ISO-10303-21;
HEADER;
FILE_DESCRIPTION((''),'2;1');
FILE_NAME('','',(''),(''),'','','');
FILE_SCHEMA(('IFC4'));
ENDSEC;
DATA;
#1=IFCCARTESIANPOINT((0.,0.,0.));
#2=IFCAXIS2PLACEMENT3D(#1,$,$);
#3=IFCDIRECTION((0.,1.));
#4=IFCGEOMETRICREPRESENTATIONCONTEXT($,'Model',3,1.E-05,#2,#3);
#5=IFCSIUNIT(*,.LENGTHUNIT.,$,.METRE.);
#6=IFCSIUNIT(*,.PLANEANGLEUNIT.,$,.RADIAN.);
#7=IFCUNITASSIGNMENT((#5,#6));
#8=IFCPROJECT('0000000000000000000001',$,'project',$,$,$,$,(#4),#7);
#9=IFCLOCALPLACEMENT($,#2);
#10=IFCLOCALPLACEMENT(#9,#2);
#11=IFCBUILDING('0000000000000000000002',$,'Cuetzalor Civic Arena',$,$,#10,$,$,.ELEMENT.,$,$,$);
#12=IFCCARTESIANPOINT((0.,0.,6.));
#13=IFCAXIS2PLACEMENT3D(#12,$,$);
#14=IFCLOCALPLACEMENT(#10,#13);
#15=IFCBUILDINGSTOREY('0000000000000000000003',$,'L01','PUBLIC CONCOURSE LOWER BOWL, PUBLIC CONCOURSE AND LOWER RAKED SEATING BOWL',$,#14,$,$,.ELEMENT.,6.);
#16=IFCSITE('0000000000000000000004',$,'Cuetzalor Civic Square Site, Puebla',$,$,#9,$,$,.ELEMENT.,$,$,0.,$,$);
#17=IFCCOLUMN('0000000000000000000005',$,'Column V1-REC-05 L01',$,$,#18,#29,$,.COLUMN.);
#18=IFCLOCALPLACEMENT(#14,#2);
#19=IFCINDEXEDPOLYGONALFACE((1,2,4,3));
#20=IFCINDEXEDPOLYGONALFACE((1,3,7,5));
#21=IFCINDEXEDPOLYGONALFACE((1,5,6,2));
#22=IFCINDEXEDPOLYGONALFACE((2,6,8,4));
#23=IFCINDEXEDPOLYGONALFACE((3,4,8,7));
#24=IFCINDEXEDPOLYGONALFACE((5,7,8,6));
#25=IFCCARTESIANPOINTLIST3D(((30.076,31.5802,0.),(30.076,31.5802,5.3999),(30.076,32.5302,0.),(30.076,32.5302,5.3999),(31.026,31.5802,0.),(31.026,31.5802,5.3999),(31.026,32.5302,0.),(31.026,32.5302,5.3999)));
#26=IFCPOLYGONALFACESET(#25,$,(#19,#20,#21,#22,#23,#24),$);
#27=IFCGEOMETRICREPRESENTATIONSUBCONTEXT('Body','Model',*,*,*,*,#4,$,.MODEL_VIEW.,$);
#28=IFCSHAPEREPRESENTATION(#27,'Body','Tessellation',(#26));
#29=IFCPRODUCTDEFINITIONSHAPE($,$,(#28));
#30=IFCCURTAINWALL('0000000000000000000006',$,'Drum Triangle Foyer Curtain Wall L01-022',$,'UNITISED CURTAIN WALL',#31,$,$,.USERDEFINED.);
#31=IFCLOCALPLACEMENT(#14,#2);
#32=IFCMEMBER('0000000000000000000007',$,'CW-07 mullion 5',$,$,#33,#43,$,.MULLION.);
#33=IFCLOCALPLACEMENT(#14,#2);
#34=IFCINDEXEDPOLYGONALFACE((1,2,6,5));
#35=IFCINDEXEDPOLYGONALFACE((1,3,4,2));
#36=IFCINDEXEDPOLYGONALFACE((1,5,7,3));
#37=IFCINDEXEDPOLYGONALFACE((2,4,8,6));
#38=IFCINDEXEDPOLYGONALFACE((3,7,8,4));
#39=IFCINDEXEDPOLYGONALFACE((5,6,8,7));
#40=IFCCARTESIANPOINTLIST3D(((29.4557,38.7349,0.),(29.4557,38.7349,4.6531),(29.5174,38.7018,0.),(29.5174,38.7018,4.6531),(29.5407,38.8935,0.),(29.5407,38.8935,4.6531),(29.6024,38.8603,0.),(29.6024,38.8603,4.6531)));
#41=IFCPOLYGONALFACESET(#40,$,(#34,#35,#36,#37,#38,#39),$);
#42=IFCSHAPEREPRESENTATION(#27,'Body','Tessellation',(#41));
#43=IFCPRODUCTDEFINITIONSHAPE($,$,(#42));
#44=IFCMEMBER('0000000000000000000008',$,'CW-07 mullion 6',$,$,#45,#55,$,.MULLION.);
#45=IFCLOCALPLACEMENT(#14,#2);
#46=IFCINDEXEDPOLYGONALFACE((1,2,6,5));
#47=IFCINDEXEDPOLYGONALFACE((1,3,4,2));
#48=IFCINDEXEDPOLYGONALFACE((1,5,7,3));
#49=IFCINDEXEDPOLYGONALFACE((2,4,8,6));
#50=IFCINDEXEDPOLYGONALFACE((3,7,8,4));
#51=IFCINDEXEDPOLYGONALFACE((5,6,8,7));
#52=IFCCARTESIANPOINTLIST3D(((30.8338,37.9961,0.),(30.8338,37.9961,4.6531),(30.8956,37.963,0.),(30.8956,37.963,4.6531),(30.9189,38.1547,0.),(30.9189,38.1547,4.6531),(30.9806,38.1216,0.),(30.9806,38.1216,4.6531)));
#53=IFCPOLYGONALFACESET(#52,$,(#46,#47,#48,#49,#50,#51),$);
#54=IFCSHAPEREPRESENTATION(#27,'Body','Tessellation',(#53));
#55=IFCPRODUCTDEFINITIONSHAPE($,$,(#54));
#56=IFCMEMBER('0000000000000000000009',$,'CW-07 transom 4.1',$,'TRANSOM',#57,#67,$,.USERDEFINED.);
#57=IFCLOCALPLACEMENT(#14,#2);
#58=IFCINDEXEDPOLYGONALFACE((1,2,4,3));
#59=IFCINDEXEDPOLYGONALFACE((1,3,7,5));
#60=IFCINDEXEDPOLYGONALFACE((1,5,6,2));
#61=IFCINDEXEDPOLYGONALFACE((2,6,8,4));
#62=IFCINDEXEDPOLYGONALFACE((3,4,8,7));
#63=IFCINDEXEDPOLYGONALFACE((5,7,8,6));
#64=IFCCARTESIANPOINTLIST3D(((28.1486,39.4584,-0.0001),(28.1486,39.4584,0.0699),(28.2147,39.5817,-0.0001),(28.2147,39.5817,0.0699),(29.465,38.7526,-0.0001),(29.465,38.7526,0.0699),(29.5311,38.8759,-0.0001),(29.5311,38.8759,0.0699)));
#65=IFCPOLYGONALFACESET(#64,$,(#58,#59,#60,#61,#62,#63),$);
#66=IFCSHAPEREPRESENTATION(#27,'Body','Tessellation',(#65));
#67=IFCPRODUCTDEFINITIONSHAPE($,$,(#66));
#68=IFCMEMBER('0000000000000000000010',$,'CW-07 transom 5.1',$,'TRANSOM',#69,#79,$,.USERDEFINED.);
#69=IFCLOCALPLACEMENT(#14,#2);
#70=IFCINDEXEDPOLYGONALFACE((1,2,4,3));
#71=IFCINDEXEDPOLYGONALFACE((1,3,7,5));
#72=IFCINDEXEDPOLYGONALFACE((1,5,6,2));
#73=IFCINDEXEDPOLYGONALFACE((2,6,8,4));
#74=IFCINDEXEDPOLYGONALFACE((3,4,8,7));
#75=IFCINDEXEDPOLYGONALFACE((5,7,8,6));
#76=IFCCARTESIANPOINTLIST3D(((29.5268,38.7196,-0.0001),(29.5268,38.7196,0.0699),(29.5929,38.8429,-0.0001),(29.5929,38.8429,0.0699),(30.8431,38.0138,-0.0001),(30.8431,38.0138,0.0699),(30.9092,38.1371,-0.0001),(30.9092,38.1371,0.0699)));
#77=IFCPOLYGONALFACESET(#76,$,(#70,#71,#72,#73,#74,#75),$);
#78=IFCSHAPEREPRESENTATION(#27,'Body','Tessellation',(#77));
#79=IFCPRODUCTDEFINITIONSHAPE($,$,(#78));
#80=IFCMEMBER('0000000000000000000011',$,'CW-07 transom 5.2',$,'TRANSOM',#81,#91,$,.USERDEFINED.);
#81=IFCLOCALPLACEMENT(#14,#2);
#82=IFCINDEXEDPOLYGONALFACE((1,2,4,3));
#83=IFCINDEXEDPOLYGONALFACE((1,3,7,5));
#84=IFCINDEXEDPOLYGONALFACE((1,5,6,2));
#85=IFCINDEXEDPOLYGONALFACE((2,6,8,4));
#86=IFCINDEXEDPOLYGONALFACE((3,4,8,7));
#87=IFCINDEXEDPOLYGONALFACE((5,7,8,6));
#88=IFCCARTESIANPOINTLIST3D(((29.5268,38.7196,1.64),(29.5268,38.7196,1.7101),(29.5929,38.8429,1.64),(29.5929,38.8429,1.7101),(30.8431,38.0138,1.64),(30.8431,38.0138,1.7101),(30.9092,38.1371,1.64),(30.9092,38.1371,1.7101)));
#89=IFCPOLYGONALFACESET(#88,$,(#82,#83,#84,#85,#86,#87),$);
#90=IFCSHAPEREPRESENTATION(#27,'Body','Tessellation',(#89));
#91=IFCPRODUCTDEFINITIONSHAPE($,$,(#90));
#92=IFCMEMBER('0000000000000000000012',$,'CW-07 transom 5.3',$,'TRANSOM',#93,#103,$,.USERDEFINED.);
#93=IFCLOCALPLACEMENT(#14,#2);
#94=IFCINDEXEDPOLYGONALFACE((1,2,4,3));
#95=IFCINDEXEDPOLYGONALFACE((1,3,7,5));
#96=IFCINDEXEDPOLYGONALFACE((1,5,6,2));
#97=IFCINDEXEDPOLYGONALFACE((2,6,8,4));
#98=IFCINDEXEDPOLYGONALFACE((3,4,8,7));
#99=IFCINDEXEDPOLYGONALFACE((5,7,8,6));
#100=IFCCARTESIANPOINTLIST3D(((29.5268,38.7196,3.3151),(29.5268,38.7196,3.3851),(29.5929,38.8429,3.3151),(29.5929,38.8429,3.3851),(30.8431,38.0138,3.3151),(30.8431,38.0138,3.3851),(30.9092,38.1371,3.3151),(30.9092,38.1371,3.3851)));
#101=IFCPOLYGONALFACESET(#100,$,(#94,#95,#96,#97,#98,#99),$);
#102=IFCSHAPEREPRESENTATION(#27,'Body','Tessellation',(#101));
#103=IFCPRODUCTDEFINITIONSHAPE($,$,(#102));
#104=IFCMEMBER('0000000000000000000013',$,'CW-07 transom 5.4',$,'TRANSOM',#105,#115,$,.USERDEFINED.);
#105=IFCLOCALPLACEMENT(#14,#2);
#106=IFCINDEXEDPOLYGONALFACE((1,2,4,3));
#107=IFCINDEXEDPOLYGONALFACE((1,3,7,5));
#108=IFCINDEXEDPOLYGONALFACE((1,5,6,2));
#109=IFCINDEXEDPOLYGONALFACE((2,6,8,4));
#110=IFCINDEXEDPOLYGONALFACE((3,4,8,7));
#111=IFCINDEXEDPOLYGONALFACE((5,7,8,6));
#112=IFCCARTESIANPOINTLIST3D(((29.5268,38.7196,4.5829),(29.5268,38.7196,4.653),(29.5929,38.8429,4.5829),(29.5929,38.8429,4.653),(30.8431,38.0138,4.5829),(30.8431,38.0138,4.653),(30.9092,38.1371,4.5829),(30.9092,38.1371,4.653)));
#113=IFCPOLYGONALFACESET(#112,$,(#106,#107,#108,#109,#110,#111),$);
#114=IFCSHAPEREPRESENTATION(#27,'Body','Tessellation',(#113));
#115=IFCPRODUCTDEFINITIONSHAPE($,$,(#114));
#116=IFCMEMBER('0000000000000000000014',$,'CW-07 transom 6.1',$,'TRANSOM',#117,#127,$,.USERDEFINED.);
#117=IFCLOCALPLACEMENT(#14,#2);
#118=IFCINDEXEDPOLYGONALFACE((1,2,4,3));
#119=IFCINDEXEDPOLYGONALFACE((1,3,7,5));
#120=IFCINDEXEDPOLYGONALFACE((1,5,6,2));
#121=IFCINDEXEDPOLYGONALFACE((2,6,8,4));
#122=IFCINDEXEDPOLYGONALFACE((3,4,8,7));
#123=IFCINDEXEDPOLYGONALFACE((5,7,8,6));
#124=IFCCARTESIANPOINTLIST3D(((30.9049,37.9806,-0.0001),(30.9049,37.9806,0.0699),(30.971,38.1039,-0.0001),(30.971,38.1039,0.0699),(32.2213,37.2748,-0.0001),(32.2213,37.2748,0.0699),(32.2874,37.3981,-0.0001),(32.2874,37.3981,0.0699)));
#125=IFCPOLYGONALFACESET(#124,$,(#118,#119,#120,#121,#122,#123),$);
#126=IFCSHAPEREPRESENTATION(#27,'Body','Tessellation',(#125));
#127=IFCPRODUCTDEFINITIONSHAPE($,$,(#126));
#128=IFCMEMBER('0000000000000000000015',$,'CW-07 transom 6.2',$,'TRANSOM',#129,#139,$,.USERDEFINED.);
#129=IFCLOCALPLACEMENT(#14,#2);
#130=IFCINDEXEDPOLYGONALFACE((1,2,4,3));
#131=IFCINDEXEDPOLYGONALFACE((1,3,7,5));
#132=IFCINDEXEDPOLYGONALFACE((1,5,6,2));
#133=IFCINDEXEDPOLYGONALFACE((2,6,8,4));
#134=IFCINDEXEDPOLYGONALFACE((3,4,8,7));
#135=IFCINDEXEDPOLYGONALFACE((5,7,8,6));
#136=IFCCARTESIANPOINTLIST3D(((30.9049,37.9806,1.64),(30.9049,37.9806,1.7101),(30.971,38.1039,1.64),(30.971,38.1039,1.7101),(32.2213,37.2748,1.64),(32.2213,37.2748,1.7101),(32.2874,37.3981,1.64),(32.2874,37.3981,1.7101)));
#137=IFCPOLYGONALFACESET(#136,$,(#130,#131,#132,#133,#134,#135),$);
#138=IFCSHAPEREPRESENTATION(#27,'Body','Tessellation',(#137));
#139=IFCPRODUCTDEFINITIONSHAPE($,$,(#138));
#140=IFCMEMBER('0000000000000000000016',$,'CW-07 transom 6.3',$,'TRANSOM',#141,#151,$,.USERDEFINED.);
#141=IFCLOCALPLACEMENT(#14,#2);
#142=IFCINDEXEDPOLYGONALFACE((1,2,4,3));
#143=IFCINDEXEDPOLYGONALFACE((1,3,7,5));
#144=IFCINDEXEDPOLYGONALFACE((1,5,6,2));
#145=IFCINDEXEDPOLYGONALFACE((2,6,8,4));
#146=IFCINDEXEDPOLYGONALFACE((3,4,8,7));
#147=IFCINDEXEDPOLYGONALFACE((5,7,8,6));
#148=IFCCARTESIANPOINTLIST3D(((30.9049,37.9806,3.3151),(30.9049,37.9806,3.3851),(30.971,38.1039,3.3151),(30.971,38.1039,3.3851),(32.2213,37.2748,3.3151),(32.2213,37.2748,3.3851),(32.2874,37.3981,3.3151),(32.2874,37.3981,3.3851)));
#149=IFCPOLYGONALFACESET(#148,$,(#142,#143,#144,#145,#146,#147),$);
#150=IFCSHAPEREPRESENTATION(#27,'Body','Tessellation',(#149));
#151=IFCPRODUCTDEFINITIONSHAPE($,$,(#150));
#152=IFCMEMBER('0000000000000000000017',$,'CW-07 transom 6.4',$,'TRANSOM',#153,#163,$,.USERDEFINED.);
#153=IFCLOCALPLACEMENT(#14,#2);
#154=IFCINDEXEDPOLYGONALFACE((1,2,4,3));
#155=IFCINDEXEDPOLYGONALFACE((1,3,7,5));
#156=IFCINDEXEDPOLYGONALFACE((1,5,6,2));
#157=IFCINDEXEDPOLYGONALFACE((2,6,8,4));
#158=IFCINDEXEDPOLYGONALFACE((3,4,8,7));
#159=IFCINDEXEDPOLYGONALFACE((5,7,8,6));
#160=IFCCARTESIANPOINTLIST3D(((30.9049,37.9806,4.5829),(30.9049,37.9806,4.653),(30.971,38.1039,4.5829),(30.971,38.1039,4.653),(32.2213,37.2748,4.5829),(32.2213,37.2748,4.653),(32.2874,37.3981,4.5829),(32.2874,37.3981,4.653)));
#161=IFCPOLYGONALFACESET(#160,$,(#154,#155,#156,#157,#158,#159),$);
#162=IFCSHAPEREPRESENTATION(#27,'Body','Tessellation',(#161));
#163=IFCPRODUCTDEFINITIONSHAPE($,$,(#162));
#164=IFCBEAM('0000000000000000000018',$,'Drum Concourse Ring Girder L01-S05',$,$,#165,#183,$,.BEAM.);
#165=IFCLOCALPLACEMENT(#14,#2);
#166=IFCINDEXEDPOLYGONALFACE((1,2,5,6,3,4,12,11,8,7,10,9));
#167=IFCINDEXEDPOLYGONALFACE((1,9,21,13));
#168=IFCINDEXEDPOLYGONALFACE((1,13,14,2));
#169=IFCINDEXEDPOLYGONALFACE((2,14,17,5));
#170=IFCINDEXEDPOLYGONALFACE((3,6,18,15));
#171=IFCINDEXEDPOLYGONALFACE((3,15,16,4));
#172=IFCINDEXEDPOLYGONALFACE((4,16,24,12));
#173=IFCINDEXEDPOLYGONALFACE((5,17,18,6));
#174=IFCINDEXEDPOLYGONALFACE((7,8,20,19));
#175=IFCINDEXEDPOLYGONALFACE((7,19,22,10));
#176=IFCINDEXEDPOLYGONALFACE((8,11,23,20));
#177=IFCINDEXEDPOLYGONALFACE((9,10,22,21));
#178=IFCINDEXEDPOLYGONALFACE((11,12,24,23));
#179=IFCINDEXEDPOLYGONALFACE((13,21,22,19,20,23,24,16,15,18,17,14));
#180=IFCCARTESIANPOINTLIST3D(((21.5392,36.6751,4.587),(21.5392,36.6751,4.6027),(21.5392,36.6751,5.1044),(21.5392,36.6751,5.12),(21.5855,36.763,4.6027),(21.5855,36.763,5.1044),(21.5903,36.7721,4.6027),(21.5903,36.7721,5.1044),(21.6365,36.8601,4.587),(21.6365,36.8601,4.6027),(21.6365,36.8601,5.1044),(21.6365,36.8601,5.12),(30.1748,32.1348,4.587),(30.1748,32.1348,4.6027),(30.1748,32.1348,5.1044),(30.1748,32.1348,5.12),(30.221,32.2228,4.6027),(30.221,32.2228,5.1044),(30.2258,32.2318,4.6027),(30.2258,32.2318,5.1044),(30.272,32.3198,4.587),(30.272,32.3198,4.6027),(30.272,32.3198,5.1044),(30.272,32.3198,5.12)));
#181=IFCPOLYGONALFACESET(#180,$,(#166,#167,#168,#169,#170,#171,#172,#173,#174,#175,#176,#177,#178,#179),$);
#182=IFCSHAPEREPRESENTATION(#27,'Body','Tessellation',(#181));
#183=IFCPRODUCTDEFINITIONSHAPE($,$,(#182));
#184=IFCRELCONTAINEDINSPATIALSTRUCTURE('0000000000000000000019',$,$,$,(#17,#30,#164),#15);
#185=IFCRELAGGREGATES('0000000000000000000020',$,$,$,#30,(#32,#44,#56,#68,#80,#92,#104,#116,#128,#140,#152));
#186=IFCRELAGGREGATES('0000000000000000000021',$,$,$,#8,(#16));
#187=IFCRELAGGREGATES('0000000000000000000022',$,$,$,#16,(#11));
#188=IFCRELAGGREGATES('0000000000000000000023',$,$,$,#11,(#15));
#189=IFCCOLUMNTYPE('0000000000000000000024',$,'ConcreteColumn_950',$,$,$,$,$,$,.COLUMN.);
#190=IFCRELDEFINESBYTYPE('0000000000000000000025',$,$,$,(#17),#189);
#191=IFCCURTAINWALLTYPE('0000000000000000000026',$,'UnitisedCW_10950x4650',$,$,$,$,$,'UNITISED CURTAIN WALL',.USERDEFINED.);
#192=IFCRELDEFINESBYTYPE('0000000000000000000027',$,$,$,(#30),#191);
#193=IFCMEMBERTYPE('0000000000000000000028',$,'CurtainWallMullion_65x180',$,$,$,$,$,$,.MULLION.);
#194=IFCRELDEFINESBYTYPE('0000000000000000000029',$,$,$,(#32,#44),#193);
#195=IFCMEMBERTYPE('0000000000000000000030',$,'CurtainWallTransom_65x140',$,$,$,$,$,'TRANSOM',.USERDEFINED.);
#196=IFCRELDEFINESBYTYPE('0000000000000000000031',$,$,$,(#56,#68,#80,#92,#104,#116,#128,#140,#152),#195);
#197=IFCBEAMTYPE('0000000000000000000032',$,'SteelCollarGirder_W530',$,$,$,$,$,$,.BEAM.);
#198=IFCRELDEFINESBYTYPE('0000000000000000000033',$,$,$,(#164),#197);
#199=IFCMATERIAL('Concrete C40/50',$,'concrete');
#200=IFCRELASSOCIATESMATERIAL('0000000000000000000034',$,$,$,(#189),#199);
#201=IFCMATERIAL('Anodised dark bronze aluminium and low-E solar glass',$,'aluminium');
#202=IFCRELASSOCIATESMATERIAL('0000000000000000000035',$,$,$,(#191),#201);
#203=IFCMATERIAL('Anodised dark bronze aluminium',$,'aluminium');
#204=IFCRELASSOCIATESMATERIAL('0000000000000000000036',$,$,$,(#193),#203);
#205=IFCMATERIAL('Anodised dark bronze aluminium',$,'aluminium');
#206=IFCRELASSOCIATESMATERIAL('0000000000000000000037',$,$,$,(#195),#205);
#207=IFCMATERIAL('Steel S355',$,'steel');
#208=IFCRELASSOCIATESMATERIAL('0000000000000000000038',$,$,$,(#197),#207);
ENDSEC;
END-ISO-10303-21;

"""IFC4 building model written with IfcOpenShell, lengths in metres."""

from ifc_helpers import new_model, si_unit, direction, frame, origin, origin_2d, place, context, subcontext, project, spatial, rectangle, i_section, extrude, material, material_profile, profile_set, type_object, element, aggregate, save


model = new_model("IFC4")

# Units and contexts
model_context = context("Model", 3, precision=1e-05, world=origin(), true_north=direction((0.0, 1.0)))
body_context = subcontext(model_context, "Body", "Model", "MODEL_VIEW")
ifc_project = project(units=[si_unit("LENGTHUNIT", "METRE"), si_unit("PLANEANGLEUNIT", "RADIAN")], contexts=[model_context])

# Site, building, storey
site_placement = place(None, origin())
site = spatial("IfcSite", under=ifc_project, at=site_placement, Name="Cuetzalor Civic Square Site, Puebla", CompositionType="ELEMENT", RefElevation=0.0)
building_placement = place(site_placement, origin())
building = spatial("IfcBuilding", under=site, at=building_placement, Name="Cuetzalor Civic Arena", CompositionType="ELEMENT")
storey_placement = place(building_placement, frame((0.0, 0.0, 6.0)))
storey = spatial("IfcBuildingStorey", under=building, at=storey_placement, Name="L01", Description="PUBLIC CONCOURSE LOWER BOWL, PUBLIC CONCOURSE AND LOWER RAKED SEATING BOWL", CompositionType="ELEMENT", Elevation=6.0)

# Column
ifc_material_1 = material(Name="Concrete C40/50", Category="concrete")
ifc_material_profile_1 = material_profile(ifc_material_1, rectangle(XDim=0.95, YDim=0.95, at=origin_2d()), Name="RC 950x950")
ifc_profile_set_1 = profile_set([ifc_material_profile_1], Name="Concrete C40/50")
column_type = type_object("IfcColumnType", Name="ConcreteColumn_950", PredefinedType="COLUMN", material=ifc_profile_set_1)
column_placement = place(storey_placement, frame((30.551, 32.0552, 0.0), z_axis=(0.0, 0.0, 1.0), x_axis=(1.0, 0.0, 0.0)))
element("IfcColumn", 1, at=column_placement, inside=storey, type_object=column_type, Name="Column V1-REC-05 L01", PredefinedType="COLUMN", context=body_context, shape_type="SweptSolid", body=[
    extrude(rectangle(XDim=0.95, YDim=0.95, at=origin_2d()), origin(), (0.0, 0.0, 1.0), 5.3999),
])

# Curtain wall, members
ifc_material_2 = material(Name="Anodised dark bronze aluminium and low-E solar glass", Category="aluminium")
curtain_wall_type = type_object("IfcCurtainWallType", Name="UnitisedCW_10950x4650", ElementType="UNITISED CURTAIN WALL", PredefinedType="USERDEFINED", material=ifc_material_2)
curtain_wall_placement = place(storey_placement, origin())
curtain_wall = element("IfcCurtainWall", 2, at=curtain_wall_placement, inside=storey, type_object=curtain_wall_type, Name="Drum Triangle Foyer Curtain Wall L01-022", ObjectType="UNITISED CURTAIN WALL", PredefinedType="USERDEFINED")
ifc_material_3 = material(Name="Anodised dark bronze aluminium", Category="aluminium")
ifc_material_profile_2 = material_profile(ifc_material_3, rectangle(XDim=0.0701, YDim=0.1799, at=origin_2d()), Name="ALU MULLION 70x180")
ifc_profile_set_2 = profile_set([ifc_material_profile_2], Name="Anodised dark bronze aluminium")
member_type_1 = type_object("IfcMemberType", Name="CurtainWallMullion_65x180", PredefinedType="MULLION", material=ifc_profile_set_2)
member_1_placement = place(storey_placement, frame((29.5291, 38.7976, 0.0), z_axis=(0.0, 0.0, 1.0), x_axis=(0.881306, -0.472545, 0.0)))
member_1 = element("IfcMember", 3, at=member_1_placement, type_object=member_type_1, Name="CW-07 mullion 5", PredefinedType="MULLION", context=body_context, shape_type="SweptSolid", body=[
    extrude(rectangle(XDim=0.0701, YDim=0.1799, at=origin_2d()), origin(), (0.0, 0.0, 1.0), 4.6531),
])
member_2_placement = place(storey_placement, frame((30.9072, 38.0588, 0.0), z_axis=(0.0, 0.0, 1.0), x_axis=(0.881306, -0.472545, 0.0)))
member_2 = element("IfcMember", 4, at=member_2_placement, type_object=member_type_1, Name="CW-07 mullion 6", PredefinedType="MULLION", context=body_context, shape_type="SweptSolid", body=[
    extrude(rectangle(XDim=0.0701, YDim=0.1799, at=origin_2d()), origin(), (0.0, 0.0, 1.0), 4.6531),
])
ifc_material_4 = material(Name="Anodised dark bronze aluminium", Category="aluminium")
ifc_material_profile_3 = material_profile(ifc_material_4, rectangle(XDim=0.1399, YDim=0.0701, at=origin_2d()), Name="ALU TRANSOM 70x140")
ifc_profile_set_3 = profile_set([ifc_material_profile_3], Name="Anodised dark bronze aluminium")
member_type_2 = type_object("IfcMemberType", Name="CurtainWallTransom_65x140", ElementType="TRANSOM", PredefinedType="USERDEFINED", material=ifc_profile_set_3)
member_3_placement = place(storey_placement, frame((28.1816, 39.52, 0.0349), z_axis=(0.881315, -0.47253, 0.0), x_axis=(0.47253, 0.881315, 0.0)))
member_3 = element("IfcMember", 5, at=member_3_placement, type_object=member_type_2, Name="CW-07 transom 4.1", ObjectType="TRANSOM", PredefinedType="USERDEFINED", context=body_context, shape_type="SweptSolid", body=[
    extrude(rectangle(XDim=0.1399, YDim=0.0701, at=origin_2d()), origin(), (0.0, 0.0, 1.0), 1.4937),
])
member_4_placement = place(storey_placement, frame((29.5598, 38.7812, 0.0349), z_axis=(0.881315, -0.47253, 0.0), x_axis=(0.47253, 0.881315, 0.0)))
member_4 = element("IfcMember", 6, at=member_4_placement, type_object=member_type_2, Name="CW-07 transom 5.1", ObjectType="TRANSOM", PredefinedType="USERDEFINED", context=body_context, shape_type="SweptSolid", body=[
    extrude(rectangle(XDim=0.1399, YDim=0.0701, at=origin_2d()), origin(), (0.0, 0.0, 1.0), 1.4937),
])
member_5_placement = place(storey_placement, frame((29.5598, 38.7812, 1.675), z_axis=(0.881315, -0.47253, 0.0), x_axis=(0.47253, 0.881315, 0.0)))
member_5 = element("IfcMember", 7, at=member_5_placement, type_object=member_type_2, Name="CW-07 transom 5.2", ObjectType="TRANSOM", PredefinedType="USERDEFINED", context=body_context, shape_type="SweptSolid", body=[
    extrude(rectangle(XDim=0.1399, YDim=0.0701, at=origin_2d()), origin(), (0.0, 0.0, 1.0), 1.4937),
])
member_6_placement = place(storey_placement, frame((29.5598, 38.7812, 3.3501), z_axis=(0.881315, -0.47253, 0.0), x_axis=(0.47253, 0.881315, 0.0)))
member_6 = element("IfcMember", 8, at=member_6_placement, type_object=member_type_2, Name="CW-07 transom 5.3", ObjectType="TRANSOM", PredefinedType="USERDEFINED", context=body_context, shape_type="SweptSolid", body=[
    extrude(rectangle(XDim=0.1399, YDim=0.0701, at=origin_2d()), origin(), (0.0, 0.0, 1.0), 1.4937),
])
member_7_placement = place(storey_placement, frame((29.5598, 38.7812, 4.6179), z_axis=(0.881315, -0.47253, 0.0), x_axis=(0.47253, 0.881315, 0.0)))
member_7 = element("IfcMember", 9, at=member_7_placement, type_object=member_type_2, Name="CW-07 transom 5.4", ObjectType="TRANSOM", PredefinedType="USERDEFINED", context=body_context, shape_type="SweptSolid", body=[
    extrude(rectangle(XDim=0.1399, YDim=0.0701, at=origin_2d()), origin(), (0.0, 0.0, 1.0), 1.4937),
])
member_8_placement = place(storey_placement, frame((30.938, 38.0422, 0.0349), z_axis=(0.881315, -0.47253, 0.0), x_axis=(0.47253, 0.881315, 0.0)))
member_8 = element("IfcMember", 10, at=member_8_placement, type_object=member_type_2, Name="CW-07 transom 6.1", ObjectType="TRANSOM", PredefinedType="USERDEFINED", context=body_context, shape_type="SweptSolid", body=[
    extrude(rectangle(XDim=0.1399, YDim=0.0701, at=origin_2d()), origin(), (0.0, 0.0, 1.0), 1.4937),
])
member_9_placement = place(storey_placement, frame((30.938, 38.0422, 1.675), z_axis=(0.881315, -0.47253, 0.0), x_axis=(0.47253, 0.881315, 0.0)))
member_9 = element("IfcMember", 11, at=member_9_placement, type_object=member_type_2, Name="CW-07 transom 6.2", ObjectType="TRANSOM", PredefinedType="USERDEFINED", context=body_context, shape_type="SweptSolid", body=[
    extrude(rectangle(XDim=0.1399, YDim=0.0701, at=origin_2d()), origin(), (0.0, 0.0, 1.0), 1.4937),
])
member_10_placement = place(storey_placement, frame((30.938, 38.0422, 3.3501), z_axis=(0.881315, -0.47253, 0.0), x_axis=(0.47253, 0.881315, 0.0)))
member_10 = element("IfcMember", 12, at=member_10_placement, type_object=member_type_2, Name="CW-07 transom 6.3", ObjectType="TRANSOM", PredefinedType="USERDEFINED", context=body_context, shape_type="SweptSolid", body=[
    extrude(rectangle(XDim=0.1399, YDim=0.0701, at=origin_2d()), origin(), (0.0, 0.0, 1.0), 1.4937),
])
member_11_placement = place(storey_placement, frame((30.938, 38.0422, 4.6179), z_axis=(0.881315, -0.47253, 0.0), x_axis=(0.47253, 0.881315, 0.0)))
member_11 = element("IfcMember", 13, at=member_11_placement, type_object=member_type_2, Name="CW-07 transom 6.4", ObjectType="TRANSOM", PredefinedType="USERDEFINED", context=body_context, shape_type="SweptSolid", body=[
    extrude(rectangle(XDim=0.1399, YDim=0.0701, at=origin_2d()), origin(), (0.0, 0.0, 1.0), 1.4937),
])

# Beam
ifc_material_5 = material(Name="Steel S355", Category="steel")
ifc_material_profile_4 = material_profile(ifc_material_5, i_section(OverallWidth=0.209, OverallDepth=0.533, WebThickness=0.0103, FlangeThickness=0.0156, at=origin_2d()), Name="W530x92")
ifc_profile_set_4 = profile_set([ifc_material_profile_4], Name="Steel S355")
beam_type_1 = type_object("IfcBeamType", Name="SteelCollarGirder_W530", PredefinedType="BEAM", material=ifc_profile_set_4)
beam_1_placement = place(storey_placement, frame((30.2234, 32.2273, 4.8535), z_axis=(-0.885117, 0.465368, 0.0), x_axis=(-0.465368, -0.885117, 0.0)))
element("IfcBeam", 14, at=beam_1_placement, inside=storey, type_object=beam_type_1, Name="Drum Concourse Ring Girder L01-S05", PredefinedType="BEAM", context=body_context, shape_type="SweptSolid", body=[
    extrude(i_section(OverallWidth=0.209, OverallDepth=0.533, WebThickness=0.0103, FlangeThickness=0.0156, at=origin_2d()), origin(), (0.0, 0.0, 1.0), 9.7563),
])

aggregate(curtain_wall, [member_1, member_2, member_3, member_4, member_5, member_6, member_7, member_8, member_9, member_10, member_11])

save(model, "model.ifc")
